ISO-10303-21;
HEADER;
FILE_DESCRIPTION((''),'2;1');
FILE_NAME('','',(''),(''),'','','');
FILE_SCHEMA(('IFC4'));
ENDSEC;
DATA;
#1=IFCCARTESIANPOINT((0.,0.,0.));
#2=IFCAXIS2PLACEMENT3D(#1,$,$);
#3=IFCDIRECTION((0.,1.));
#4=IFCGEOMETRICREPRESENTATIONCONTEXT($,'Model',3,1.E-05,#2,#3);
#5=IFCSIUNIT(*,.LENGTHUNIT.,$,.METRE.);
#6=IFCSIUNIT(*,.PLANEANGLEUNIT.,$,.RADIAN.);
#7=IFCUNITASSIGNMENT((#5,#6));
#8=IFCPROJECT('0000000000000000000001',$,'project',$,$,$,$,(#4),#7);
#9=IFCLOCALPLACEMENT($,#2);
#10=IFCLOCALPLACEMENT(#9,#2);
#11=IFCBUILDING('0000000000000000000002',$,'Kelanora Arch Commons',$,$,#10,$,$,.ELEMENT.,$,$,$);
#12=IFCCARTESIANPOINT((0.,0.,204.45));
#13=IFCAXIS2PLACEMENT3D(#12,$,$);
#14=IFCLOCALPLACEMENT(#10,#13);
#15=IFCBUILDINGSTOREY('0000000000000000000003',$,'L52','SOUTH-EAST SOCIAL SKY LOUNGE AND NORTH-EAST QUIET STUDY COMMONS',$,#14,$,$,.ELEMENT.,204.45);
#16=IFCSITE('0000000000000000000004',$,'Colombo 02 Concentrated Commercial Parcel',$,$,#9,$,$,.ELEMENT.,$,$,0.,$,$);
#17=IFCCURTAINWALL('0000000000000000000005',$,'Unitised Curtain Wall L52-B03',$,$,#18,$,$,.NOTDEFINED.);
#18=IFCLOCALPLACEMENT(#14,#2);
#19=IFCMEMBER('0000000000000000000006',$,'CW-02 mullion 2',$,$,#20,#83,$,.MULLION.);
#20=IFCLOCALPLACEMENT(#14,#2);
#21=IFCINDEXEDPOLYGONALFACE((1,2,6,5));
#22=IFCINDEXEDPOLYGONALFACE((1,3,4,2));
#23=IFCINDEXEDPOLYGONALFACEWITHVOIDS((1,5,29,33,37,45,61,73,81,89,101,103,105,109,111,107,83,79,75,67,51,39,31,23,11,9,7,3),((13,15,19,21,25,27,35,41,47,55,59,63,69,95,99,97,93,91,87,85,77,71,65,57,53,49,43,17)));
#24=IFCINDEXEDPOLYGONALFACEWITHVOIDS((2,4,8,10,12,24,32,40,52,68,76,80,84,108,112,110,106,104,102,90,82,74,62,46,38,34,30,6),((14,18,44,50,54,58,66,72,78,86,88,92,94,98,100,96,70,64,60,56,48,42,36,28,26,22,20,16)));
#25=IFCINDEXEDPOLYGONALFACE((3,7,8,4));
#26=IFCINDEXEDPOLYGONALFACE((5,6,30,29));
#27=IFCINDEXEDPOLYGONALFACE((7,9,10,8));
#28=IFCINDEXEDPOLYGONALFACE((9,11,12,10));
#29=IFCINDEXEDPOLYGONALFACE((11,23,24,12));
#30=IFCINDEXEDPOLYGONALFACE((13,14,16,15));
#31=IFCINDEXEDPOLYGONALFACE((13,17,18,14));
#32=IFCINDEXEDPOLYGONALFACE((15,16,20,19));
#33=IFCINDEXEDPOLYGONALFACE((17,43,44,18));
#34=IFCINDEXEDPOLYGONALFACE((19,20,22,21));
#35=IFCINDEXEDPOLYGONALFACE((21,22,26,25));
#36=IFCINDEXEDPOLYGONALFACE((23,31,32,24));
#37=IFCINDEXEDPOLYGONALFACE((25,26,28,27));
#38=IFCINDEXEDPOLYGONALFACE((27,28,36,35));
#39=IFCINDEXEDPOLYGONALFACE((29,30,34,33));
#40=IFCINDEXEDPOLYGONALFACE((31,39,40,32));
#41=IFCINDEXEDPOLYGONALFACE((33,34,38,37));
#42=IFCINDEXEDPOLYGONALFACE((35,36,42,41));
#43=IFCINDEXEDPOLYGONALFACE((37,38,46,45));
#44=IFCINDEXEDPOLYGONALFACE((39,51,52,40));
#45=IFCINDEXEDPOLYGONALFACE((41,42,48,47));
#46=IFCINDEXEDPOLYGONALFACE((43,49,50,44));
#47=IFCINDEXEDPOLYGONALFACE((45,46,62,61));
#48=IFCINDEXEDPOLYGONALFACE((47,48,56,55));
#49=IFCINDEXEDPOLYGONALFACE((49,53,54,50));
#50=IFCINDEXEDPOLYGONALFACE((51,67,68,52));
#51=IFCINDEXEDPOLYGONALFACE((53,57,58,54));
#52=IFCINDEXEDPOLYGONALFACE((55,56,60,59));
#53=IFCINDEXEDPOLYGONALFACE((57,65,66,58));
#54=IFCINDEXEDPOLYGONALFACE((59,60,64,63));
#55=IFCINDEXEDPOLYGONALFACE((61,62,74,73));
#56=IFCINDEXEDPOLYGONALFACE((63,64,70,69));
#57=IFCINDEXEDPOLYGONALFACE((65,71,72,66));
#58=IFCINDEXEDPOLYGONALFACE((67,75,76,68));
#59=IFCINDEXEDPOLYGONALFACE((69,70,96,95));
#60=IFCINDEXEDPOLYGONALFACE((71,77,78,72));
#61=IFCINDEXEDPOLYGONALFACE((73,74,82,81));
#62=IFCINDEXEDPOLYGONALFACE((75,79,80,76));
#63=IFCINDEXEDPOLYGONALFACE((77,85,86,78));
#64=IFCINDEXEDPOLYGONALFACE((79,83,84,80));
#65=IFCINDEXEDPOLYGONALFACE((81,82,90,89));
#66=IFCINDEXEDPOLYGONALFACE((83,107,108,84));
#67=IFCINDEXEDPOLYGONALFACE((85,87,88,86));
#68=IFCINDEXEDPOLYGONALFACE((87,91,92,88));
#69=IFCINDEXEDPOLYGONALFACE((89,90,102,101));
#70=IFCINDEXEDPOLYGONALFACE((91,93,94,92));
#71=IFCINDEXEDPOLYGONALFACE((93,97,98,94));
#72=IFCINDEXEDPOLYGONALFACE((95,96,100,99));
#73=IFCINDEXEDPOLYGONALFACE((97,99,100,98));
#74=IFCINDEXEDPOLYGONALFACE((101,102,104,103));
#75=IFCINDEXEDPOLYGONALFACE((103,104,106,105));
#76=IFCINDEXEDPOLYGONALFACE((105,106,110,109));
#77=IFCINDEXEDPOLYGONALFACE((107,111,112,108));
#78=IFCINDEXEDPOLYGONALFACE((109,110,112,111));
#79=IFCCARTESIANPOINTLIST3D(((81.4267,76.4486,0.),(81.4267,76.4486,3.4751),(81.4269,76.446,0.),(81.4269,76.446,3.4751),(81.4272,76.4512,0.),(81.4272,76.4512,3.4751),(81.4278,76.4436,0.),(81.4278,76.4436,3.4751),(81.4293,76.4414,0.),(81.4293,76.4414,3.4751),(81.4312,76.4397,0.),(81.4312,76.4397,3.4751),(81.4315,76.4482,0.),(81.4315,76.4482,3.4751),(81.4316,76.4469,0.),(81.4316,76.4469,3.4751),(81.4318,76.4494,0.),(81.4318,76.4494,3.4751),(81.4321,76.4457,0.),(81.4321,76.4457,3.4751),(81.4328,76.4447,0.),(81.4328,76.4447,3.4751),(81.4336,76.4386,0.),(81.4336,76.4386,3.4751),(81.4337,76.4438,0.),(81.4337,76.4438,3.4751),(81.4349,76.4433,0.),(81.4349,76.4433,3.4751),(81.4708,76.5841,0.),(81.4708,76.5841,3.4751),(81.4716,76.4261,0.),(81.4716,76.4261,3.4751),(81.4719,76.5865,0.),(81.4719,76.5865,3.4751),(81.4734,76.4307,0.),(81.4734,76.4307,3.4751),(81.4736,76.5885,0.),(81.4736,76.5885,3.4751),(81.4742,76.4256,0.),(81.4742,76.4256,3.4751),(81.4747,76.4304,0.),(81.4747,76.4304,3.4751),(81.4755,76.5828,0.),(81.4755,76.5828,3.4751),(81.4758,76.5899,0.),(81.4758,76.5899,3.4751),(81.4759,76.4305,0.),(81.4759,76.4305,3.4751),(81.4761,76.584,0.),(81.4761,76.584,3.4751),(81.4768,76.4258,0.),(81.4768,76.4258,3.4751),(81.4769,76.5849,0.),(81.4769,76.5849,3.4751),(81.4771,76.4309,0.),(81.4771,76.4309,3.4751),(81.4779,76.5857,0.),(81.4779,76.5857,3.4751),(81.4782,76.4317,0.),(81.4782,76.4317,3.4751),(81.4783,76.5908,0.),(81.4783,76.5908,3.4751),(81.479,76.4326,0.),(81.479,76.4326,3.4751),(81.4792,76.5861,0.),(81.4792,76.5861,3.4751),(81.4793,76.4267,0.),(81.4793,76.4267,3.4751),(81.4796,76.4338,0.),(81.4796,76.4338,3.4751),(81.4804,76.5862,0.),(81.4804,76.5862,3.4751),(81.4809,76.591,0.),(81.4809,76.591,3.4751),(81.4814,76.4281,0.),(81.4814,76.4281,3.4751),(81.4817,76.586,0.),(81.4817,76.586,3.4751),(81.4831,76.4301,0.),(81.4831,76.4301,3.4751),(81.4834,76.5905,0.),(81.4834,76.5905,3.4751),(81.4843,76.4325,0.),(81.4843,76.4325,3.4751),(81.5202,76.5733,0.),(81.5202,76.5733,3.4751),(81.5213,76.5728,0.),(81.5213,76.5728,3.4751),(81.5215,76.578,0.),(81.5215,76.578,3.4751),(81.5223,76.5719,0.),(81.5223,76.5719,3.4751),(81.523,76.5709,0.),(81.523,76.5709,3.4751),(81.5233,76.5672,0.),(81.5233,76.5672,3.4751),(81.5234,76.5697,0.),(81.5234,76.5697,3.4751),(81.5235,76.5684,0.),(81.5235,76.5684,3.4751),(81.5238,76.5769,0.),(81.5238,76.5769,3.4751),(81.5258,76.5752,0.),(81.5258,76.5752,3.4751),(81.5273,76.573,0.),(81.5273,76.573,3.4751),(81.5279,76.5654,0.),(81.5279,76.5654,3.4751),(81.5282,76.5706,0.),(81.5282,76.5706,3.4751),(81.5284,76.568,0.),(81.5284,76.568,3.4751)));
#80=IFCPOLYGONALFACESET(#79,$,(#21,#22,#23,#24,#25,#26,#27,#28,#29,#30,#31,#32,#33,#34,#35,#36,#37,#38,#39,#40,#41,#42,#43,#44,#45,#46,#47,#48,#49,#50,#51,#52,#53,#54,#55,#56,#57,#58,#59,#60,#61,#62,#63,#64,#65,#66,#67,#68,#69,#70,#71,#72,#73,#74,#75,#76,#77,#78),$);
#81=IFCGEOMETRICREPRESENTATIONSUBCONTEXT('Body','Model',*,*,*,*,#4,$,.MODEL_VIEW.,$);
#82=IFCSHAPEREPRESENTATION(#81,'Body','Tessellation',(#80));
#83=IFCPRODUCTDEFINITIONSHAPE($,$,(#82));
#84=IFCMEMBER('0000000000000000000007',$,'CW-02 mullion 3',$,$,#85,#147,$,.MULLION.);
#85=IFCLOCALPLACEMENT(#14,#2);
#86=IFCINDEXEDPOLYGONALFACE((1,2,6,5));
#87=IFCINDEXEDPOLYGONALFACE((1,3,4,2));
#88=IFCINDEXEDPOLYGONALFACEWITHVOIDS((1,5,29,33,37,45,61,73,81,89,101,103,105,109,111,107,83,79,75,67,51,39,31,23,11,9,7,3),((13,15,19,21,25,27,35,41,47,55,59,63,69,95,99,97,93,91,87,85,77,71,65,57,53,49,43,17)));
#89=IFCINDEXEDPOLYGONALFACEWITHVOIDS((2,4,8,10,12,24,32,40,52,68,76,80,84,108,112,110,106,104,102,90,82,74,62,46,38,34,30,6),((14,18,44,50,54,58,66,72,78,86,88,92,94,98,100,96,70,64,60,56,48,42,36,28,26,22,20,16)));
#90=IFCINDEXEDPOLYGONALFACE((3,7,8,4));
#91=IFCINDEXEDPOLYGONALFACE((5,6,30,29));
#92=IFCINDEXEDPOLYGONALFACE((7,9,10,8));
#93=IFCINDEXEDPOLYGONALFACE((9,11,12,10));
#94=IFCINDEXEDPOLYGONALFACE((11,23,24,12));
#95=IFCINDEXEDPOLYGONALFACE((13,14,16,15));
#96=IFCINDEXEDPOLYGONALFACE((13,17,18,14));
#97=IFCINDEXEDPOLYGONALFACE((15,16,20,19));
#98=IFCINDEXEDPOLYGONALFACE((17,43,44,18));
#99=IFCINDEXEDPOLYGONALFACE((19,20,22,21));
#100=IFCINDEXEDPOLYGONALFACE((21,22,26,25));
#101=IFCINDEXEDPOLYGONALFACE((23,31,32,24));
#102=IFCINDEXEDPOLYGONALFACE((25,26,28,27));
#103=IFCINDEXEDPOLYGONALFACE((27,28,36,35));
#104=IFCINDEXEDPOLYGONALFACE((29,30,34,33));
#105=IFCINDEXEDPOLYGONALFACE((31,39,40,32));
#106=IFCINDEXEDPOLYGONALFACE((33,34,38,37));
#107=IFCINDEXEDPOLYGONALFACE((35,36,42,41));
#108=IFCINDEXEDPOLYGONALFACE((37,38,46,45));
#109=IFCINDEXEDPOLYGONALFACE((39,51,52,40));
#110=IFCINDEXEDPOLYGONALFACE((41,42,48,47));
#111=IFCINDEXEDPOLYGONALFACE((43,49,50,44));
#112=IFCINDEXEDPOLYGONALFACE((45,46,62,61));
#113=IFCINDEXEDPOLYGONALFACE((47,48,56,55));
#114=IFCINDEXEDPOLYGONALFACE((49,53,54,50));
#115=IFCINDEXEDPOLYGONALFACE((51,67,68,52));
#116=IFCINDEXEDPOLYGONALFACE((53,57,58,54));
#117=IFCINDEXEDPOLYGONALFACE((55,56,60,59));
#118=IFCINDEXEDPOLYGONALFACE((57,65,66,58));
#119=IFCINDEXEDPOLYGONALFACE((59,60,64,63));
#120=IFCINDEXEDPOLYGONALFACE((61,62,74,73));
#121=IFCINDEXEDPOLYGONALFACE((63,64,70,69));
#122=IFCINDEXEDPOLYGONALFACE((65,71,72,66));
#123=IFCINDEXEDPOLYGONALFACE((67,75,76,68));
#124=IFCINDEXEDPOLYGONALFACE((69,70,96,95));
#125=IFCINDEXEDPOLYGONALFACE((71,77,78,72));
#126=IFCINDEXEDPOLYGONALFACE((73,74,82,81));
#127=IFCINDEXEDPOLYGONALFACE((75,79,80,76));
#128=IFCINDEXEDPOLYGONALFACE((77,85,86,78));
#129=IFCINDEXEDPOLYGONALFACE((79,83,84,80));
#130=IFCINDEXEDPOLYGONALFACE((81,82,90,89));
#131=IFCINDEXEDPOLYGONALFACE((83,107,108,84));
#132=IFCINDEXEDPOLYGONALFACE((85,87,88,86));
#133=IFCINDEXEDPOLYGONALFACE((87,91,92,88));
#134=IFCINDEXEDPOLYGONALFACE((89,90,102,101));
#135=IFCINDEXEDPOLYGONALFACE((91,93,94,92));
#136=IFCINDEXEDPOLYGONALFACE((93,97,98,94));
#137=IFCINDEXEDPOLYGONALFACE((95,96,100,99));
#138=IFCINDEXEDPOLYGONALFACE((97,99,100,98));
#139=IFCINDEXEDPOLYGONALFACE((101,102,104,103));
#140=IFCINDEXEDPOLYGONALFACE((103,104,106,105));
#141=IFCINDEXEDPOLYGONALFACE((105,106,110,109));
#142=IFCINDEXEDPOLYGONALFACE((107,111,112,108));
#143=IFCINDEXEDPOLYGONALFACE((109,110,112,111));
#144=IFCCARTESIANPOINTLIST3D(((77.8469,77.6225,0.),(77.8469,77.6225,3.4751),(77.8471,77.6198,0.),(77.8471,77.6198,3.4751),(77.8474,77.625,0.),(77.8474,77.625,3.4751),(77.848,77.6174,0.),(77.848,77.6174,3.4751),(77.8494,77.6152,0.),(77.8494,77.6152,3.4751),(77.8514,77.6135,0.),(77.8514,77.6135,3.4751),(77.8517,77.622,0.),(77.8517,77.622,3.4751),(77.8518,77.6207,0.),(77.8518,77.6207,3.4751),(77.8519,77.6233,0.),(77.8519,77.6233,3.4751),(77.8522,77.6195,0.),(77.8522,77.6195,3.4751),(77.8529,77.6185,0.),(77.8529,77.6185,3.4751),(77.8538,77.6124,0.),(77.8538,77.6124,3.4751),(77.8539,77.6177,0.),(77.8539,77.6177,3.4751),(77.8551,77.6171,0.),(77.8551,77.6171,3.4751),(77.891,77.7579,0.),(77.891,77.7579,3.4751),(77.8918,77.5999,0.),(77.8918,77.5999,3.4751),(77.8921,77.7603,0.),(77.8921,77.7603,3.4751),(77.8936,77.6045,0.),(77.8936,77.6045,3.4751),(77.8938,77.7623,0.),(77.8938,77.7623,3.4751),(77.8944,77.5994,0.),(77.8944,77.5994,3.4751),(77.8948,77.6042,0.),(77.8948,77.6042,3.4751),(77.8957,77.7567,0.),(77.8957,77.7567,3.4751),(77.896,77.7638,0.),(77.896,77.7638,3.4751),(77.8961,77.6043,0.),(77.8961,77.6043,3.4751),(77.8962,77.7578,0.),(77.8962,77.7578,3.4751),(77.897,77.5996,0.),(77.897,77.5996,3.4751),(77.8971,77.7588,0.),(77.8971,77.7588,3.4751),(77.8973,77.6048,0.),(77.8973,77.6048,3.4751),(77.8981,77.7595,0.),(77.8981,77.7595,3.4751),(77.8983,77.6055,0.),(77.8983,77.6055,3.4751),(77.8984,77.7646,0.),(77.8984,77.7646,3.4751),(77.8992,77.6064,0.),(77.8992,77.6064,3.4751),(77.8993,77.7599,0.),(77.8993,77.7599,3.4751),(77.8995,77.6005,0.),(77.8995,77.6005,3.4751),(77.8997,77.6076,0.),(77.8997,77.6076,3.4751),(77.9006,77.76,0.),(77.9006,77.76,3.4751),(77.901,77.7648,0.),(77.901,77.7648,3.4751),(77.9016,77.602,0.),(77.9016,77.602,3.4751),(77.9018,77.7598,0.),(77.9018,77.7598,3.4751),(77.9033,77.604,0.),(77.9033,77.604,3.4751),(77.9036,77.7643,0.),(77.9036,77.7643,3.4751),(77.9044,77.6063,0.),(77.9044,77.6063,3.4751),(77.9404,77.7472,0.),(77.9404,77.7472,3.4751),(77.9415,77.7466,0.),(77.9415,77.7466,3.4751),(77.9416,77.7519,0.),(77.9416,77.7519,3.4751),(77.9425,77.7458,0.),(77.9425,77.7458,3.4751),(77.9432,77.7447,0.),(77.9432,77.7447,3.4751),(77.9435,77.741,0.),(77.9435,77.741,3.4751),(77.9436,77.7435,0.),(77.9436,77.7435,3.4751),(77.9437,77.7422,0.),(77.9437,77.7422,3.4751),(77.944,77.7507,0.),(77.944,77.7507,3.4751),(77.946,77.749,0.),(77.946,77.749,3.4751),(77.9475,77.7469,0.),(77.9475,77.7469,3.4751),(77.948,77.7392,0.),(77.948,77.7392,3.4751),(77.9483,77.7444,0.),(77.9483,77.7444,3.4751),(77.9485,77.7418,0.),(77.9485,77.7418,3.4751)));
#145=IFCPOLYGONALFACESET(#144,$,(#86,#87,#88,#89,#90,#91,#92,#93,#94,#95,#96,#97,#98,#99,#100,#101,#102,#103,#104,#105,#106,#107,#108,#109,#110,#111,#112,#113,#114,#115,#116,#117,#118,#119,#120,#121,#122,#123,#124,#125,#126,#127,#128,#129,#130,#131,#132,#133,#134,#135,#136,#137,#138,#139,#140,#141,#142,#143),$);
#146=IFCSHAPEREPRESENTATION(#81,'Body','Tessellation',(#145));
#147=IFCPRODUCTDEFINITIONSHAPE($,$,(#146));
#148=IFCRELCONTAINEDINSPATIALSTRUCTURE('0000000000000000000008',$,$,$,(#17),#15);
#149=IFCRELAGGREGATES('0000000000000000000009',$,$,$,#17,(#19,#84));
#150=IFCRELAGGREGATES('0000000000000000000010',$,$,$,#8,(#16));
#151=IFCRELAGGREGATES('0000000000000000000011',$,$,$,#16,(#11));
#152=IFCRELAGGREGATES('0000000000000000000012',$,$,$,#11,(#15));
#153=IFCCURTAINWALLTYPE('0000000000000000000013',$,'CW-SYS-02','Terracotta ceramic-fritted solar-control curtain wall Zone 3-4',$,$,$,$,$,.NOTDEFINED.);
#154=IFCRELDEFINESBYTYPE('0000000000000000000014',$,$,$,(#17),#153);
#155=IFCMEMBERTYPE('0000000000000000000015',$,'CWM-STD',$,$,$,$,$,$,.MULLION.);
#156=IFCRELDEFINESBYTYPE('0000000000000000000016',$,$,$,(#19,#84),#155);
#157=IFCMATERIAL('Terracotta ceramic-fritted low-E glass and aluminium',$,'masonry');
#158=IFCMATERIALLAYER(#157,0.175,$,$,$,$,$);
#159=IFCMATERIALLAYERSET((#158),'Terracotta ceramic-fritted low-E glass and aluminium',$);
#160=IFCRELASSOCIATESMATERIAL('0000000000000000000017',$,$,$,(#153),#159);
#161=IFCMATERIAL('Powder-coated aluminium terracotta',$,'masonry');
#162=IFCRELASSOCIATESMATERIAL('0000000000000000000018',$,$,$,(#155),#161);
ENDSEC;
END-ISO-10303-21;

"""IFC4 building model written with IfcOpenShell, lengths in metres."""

from ifc_helpers import new_model, si_unit, direction, frame, origin, origin_2d, place, context, subcontext, project, spatial, hollow_rectangle, extrude, material, layer, layer_set, material_profile, profile_set, type_object, element, aggregate, save


model = new_model("IFC4")

# Units and contexts
model_context = context("Model", 3, precision=1e-05, world=origin(), true_north=direction((0.0, 1.0)))
body_context = subcontext(model_context, "Body", "Model", "MODEL_VIEW")
ifc_project = project(units=[si_unit("LENGTHUNIT", "METRE"), si_unit("PLANEANGLEUNIT", "RADIAN")], contexts=[model_context])

# Site, building, storey
site_placement = place(None, origin())
site = spatial("IfcSite", under=ifc_project, at=site_placement, Name="Colombo 02 Concentrated Commercial Parcel", CompositionType="ELEMENT", RefElevation=0.0)
building_placement = place(site_placement, origin())
building = spatial("IfcBuilding", under=site, at=building_placement, Name="Kelanora Arch Commons", CompositionType="ELEMENT")
storey_placement = place(building_placement, frame((0.0, 0.0, 204.45)))
storey = spatial("IfcBuildingStorey", under=building, at=storey_placement, Name="L52", Description="SOUTH-EAST SOCIAL SKY LOUNGE AND NORTH-EAST QUIET STUDY COMMONS", CompositionType="ELEMENT", Elevation=204.45)

# Curtain wall, members
ifc_material_1 = material(Name="Terracotta ceramic-fritted low-E glass and aluminium", Category="masonry")
ifc_layer_1 = layer(ifc_material_1, 0.175)
ifc_layer_set_1 = layer_set([ifc_layer_1], Name="Terracotta ceramic-fritted low-E glass and aluminium")
curtain_wall_type = type_object("IfcCurtainWallType", Name="CW-SYS-02", Description="Terracotta ceramic-fritted solar-control curtain wall Zone 3-4", PredefinedType="NOTDEFINED", material=ifc_layer_set_1)
curtain_wall_placement = place(storey_placement, origin())
curtain_wall = element("IfcCurtainWall", 1, at=curtain_wall_placement, inside=storey, type_object=curtain_wall_type, Name="Unitised Curtain Wall L52-B03", PredefinedType="NOTDEFINED")
ifc_material_2 = material(Name="Powder-coated aluminium terracotta", Category="masonry")
ifc_material_profile_1 = material_profile(ifc_material_2, hollow_rectangle(XDim=0.1599, YDim=0.0601, WallThickness=0.0049, InnerFilletRadius=0.0049, OuterFilletRadius=0.01, at=origin_2d()), Name="CWM160x60")
ifc_profile_set_1 = profile_set([ifc_material_profile_1], Name="Powder-coated aluminium terracotta")
member_type_1 = type_object("IfcMemberType", Name="CWM-STD", PredefinedType="MULLION", material=ifc_profile_set_1)
member_1_placement = place(storey_placement, frame((81.4775, 76.5083, 0.0), z_axis=(0.0, 0.0, 1.0), x_axis=(-0.311582, -0.950219, 0.0)))
member_1 = element("IfcMember", 2, at=member_1_placement, type_object=member_type_1, Name="CW-02 mullion 2", PredefinedType="MULLION", context=body_context, shape_type="SweptSolid", body=[
    extrude(hollow_rectangle(XDim=0.1599, YDim=0.0601, WallThickness=0.0049, InnerFilletRadius=0.0049, OuterFilletRadius=0.01, at=origin_2d()), origin(), (0.0, 0.0, 1.0), 3.4751),
])
member_2_placement = place(storey_placement, frame((77.8977, 77.6821, 0.0), z_axis=(0.0, 0.0, 1.0), x_axis=(-0.311582, -0.950219, 0.0)))
member_2 = element("IfcMember", 3, at=member_2_placement, type_object=member_type_1, Name="CW-02 mullion 3", PredefinedType="MULLION", context=body_context, shape_type="SweptSolid", body=[
    extrude(hollow_rectangle(XDim=0.1599, YDim=0.0601, WallThickness=0.0049, InnerFilletRadius=0.0049, OuterFilletRadius=0.01, at=origin_2d()), origin(), (0.0, 0.0, 1.0), 3.4751),
])
aggregate(curtain_wall, [member_1, member_2])

save(model, "model.ifc")
